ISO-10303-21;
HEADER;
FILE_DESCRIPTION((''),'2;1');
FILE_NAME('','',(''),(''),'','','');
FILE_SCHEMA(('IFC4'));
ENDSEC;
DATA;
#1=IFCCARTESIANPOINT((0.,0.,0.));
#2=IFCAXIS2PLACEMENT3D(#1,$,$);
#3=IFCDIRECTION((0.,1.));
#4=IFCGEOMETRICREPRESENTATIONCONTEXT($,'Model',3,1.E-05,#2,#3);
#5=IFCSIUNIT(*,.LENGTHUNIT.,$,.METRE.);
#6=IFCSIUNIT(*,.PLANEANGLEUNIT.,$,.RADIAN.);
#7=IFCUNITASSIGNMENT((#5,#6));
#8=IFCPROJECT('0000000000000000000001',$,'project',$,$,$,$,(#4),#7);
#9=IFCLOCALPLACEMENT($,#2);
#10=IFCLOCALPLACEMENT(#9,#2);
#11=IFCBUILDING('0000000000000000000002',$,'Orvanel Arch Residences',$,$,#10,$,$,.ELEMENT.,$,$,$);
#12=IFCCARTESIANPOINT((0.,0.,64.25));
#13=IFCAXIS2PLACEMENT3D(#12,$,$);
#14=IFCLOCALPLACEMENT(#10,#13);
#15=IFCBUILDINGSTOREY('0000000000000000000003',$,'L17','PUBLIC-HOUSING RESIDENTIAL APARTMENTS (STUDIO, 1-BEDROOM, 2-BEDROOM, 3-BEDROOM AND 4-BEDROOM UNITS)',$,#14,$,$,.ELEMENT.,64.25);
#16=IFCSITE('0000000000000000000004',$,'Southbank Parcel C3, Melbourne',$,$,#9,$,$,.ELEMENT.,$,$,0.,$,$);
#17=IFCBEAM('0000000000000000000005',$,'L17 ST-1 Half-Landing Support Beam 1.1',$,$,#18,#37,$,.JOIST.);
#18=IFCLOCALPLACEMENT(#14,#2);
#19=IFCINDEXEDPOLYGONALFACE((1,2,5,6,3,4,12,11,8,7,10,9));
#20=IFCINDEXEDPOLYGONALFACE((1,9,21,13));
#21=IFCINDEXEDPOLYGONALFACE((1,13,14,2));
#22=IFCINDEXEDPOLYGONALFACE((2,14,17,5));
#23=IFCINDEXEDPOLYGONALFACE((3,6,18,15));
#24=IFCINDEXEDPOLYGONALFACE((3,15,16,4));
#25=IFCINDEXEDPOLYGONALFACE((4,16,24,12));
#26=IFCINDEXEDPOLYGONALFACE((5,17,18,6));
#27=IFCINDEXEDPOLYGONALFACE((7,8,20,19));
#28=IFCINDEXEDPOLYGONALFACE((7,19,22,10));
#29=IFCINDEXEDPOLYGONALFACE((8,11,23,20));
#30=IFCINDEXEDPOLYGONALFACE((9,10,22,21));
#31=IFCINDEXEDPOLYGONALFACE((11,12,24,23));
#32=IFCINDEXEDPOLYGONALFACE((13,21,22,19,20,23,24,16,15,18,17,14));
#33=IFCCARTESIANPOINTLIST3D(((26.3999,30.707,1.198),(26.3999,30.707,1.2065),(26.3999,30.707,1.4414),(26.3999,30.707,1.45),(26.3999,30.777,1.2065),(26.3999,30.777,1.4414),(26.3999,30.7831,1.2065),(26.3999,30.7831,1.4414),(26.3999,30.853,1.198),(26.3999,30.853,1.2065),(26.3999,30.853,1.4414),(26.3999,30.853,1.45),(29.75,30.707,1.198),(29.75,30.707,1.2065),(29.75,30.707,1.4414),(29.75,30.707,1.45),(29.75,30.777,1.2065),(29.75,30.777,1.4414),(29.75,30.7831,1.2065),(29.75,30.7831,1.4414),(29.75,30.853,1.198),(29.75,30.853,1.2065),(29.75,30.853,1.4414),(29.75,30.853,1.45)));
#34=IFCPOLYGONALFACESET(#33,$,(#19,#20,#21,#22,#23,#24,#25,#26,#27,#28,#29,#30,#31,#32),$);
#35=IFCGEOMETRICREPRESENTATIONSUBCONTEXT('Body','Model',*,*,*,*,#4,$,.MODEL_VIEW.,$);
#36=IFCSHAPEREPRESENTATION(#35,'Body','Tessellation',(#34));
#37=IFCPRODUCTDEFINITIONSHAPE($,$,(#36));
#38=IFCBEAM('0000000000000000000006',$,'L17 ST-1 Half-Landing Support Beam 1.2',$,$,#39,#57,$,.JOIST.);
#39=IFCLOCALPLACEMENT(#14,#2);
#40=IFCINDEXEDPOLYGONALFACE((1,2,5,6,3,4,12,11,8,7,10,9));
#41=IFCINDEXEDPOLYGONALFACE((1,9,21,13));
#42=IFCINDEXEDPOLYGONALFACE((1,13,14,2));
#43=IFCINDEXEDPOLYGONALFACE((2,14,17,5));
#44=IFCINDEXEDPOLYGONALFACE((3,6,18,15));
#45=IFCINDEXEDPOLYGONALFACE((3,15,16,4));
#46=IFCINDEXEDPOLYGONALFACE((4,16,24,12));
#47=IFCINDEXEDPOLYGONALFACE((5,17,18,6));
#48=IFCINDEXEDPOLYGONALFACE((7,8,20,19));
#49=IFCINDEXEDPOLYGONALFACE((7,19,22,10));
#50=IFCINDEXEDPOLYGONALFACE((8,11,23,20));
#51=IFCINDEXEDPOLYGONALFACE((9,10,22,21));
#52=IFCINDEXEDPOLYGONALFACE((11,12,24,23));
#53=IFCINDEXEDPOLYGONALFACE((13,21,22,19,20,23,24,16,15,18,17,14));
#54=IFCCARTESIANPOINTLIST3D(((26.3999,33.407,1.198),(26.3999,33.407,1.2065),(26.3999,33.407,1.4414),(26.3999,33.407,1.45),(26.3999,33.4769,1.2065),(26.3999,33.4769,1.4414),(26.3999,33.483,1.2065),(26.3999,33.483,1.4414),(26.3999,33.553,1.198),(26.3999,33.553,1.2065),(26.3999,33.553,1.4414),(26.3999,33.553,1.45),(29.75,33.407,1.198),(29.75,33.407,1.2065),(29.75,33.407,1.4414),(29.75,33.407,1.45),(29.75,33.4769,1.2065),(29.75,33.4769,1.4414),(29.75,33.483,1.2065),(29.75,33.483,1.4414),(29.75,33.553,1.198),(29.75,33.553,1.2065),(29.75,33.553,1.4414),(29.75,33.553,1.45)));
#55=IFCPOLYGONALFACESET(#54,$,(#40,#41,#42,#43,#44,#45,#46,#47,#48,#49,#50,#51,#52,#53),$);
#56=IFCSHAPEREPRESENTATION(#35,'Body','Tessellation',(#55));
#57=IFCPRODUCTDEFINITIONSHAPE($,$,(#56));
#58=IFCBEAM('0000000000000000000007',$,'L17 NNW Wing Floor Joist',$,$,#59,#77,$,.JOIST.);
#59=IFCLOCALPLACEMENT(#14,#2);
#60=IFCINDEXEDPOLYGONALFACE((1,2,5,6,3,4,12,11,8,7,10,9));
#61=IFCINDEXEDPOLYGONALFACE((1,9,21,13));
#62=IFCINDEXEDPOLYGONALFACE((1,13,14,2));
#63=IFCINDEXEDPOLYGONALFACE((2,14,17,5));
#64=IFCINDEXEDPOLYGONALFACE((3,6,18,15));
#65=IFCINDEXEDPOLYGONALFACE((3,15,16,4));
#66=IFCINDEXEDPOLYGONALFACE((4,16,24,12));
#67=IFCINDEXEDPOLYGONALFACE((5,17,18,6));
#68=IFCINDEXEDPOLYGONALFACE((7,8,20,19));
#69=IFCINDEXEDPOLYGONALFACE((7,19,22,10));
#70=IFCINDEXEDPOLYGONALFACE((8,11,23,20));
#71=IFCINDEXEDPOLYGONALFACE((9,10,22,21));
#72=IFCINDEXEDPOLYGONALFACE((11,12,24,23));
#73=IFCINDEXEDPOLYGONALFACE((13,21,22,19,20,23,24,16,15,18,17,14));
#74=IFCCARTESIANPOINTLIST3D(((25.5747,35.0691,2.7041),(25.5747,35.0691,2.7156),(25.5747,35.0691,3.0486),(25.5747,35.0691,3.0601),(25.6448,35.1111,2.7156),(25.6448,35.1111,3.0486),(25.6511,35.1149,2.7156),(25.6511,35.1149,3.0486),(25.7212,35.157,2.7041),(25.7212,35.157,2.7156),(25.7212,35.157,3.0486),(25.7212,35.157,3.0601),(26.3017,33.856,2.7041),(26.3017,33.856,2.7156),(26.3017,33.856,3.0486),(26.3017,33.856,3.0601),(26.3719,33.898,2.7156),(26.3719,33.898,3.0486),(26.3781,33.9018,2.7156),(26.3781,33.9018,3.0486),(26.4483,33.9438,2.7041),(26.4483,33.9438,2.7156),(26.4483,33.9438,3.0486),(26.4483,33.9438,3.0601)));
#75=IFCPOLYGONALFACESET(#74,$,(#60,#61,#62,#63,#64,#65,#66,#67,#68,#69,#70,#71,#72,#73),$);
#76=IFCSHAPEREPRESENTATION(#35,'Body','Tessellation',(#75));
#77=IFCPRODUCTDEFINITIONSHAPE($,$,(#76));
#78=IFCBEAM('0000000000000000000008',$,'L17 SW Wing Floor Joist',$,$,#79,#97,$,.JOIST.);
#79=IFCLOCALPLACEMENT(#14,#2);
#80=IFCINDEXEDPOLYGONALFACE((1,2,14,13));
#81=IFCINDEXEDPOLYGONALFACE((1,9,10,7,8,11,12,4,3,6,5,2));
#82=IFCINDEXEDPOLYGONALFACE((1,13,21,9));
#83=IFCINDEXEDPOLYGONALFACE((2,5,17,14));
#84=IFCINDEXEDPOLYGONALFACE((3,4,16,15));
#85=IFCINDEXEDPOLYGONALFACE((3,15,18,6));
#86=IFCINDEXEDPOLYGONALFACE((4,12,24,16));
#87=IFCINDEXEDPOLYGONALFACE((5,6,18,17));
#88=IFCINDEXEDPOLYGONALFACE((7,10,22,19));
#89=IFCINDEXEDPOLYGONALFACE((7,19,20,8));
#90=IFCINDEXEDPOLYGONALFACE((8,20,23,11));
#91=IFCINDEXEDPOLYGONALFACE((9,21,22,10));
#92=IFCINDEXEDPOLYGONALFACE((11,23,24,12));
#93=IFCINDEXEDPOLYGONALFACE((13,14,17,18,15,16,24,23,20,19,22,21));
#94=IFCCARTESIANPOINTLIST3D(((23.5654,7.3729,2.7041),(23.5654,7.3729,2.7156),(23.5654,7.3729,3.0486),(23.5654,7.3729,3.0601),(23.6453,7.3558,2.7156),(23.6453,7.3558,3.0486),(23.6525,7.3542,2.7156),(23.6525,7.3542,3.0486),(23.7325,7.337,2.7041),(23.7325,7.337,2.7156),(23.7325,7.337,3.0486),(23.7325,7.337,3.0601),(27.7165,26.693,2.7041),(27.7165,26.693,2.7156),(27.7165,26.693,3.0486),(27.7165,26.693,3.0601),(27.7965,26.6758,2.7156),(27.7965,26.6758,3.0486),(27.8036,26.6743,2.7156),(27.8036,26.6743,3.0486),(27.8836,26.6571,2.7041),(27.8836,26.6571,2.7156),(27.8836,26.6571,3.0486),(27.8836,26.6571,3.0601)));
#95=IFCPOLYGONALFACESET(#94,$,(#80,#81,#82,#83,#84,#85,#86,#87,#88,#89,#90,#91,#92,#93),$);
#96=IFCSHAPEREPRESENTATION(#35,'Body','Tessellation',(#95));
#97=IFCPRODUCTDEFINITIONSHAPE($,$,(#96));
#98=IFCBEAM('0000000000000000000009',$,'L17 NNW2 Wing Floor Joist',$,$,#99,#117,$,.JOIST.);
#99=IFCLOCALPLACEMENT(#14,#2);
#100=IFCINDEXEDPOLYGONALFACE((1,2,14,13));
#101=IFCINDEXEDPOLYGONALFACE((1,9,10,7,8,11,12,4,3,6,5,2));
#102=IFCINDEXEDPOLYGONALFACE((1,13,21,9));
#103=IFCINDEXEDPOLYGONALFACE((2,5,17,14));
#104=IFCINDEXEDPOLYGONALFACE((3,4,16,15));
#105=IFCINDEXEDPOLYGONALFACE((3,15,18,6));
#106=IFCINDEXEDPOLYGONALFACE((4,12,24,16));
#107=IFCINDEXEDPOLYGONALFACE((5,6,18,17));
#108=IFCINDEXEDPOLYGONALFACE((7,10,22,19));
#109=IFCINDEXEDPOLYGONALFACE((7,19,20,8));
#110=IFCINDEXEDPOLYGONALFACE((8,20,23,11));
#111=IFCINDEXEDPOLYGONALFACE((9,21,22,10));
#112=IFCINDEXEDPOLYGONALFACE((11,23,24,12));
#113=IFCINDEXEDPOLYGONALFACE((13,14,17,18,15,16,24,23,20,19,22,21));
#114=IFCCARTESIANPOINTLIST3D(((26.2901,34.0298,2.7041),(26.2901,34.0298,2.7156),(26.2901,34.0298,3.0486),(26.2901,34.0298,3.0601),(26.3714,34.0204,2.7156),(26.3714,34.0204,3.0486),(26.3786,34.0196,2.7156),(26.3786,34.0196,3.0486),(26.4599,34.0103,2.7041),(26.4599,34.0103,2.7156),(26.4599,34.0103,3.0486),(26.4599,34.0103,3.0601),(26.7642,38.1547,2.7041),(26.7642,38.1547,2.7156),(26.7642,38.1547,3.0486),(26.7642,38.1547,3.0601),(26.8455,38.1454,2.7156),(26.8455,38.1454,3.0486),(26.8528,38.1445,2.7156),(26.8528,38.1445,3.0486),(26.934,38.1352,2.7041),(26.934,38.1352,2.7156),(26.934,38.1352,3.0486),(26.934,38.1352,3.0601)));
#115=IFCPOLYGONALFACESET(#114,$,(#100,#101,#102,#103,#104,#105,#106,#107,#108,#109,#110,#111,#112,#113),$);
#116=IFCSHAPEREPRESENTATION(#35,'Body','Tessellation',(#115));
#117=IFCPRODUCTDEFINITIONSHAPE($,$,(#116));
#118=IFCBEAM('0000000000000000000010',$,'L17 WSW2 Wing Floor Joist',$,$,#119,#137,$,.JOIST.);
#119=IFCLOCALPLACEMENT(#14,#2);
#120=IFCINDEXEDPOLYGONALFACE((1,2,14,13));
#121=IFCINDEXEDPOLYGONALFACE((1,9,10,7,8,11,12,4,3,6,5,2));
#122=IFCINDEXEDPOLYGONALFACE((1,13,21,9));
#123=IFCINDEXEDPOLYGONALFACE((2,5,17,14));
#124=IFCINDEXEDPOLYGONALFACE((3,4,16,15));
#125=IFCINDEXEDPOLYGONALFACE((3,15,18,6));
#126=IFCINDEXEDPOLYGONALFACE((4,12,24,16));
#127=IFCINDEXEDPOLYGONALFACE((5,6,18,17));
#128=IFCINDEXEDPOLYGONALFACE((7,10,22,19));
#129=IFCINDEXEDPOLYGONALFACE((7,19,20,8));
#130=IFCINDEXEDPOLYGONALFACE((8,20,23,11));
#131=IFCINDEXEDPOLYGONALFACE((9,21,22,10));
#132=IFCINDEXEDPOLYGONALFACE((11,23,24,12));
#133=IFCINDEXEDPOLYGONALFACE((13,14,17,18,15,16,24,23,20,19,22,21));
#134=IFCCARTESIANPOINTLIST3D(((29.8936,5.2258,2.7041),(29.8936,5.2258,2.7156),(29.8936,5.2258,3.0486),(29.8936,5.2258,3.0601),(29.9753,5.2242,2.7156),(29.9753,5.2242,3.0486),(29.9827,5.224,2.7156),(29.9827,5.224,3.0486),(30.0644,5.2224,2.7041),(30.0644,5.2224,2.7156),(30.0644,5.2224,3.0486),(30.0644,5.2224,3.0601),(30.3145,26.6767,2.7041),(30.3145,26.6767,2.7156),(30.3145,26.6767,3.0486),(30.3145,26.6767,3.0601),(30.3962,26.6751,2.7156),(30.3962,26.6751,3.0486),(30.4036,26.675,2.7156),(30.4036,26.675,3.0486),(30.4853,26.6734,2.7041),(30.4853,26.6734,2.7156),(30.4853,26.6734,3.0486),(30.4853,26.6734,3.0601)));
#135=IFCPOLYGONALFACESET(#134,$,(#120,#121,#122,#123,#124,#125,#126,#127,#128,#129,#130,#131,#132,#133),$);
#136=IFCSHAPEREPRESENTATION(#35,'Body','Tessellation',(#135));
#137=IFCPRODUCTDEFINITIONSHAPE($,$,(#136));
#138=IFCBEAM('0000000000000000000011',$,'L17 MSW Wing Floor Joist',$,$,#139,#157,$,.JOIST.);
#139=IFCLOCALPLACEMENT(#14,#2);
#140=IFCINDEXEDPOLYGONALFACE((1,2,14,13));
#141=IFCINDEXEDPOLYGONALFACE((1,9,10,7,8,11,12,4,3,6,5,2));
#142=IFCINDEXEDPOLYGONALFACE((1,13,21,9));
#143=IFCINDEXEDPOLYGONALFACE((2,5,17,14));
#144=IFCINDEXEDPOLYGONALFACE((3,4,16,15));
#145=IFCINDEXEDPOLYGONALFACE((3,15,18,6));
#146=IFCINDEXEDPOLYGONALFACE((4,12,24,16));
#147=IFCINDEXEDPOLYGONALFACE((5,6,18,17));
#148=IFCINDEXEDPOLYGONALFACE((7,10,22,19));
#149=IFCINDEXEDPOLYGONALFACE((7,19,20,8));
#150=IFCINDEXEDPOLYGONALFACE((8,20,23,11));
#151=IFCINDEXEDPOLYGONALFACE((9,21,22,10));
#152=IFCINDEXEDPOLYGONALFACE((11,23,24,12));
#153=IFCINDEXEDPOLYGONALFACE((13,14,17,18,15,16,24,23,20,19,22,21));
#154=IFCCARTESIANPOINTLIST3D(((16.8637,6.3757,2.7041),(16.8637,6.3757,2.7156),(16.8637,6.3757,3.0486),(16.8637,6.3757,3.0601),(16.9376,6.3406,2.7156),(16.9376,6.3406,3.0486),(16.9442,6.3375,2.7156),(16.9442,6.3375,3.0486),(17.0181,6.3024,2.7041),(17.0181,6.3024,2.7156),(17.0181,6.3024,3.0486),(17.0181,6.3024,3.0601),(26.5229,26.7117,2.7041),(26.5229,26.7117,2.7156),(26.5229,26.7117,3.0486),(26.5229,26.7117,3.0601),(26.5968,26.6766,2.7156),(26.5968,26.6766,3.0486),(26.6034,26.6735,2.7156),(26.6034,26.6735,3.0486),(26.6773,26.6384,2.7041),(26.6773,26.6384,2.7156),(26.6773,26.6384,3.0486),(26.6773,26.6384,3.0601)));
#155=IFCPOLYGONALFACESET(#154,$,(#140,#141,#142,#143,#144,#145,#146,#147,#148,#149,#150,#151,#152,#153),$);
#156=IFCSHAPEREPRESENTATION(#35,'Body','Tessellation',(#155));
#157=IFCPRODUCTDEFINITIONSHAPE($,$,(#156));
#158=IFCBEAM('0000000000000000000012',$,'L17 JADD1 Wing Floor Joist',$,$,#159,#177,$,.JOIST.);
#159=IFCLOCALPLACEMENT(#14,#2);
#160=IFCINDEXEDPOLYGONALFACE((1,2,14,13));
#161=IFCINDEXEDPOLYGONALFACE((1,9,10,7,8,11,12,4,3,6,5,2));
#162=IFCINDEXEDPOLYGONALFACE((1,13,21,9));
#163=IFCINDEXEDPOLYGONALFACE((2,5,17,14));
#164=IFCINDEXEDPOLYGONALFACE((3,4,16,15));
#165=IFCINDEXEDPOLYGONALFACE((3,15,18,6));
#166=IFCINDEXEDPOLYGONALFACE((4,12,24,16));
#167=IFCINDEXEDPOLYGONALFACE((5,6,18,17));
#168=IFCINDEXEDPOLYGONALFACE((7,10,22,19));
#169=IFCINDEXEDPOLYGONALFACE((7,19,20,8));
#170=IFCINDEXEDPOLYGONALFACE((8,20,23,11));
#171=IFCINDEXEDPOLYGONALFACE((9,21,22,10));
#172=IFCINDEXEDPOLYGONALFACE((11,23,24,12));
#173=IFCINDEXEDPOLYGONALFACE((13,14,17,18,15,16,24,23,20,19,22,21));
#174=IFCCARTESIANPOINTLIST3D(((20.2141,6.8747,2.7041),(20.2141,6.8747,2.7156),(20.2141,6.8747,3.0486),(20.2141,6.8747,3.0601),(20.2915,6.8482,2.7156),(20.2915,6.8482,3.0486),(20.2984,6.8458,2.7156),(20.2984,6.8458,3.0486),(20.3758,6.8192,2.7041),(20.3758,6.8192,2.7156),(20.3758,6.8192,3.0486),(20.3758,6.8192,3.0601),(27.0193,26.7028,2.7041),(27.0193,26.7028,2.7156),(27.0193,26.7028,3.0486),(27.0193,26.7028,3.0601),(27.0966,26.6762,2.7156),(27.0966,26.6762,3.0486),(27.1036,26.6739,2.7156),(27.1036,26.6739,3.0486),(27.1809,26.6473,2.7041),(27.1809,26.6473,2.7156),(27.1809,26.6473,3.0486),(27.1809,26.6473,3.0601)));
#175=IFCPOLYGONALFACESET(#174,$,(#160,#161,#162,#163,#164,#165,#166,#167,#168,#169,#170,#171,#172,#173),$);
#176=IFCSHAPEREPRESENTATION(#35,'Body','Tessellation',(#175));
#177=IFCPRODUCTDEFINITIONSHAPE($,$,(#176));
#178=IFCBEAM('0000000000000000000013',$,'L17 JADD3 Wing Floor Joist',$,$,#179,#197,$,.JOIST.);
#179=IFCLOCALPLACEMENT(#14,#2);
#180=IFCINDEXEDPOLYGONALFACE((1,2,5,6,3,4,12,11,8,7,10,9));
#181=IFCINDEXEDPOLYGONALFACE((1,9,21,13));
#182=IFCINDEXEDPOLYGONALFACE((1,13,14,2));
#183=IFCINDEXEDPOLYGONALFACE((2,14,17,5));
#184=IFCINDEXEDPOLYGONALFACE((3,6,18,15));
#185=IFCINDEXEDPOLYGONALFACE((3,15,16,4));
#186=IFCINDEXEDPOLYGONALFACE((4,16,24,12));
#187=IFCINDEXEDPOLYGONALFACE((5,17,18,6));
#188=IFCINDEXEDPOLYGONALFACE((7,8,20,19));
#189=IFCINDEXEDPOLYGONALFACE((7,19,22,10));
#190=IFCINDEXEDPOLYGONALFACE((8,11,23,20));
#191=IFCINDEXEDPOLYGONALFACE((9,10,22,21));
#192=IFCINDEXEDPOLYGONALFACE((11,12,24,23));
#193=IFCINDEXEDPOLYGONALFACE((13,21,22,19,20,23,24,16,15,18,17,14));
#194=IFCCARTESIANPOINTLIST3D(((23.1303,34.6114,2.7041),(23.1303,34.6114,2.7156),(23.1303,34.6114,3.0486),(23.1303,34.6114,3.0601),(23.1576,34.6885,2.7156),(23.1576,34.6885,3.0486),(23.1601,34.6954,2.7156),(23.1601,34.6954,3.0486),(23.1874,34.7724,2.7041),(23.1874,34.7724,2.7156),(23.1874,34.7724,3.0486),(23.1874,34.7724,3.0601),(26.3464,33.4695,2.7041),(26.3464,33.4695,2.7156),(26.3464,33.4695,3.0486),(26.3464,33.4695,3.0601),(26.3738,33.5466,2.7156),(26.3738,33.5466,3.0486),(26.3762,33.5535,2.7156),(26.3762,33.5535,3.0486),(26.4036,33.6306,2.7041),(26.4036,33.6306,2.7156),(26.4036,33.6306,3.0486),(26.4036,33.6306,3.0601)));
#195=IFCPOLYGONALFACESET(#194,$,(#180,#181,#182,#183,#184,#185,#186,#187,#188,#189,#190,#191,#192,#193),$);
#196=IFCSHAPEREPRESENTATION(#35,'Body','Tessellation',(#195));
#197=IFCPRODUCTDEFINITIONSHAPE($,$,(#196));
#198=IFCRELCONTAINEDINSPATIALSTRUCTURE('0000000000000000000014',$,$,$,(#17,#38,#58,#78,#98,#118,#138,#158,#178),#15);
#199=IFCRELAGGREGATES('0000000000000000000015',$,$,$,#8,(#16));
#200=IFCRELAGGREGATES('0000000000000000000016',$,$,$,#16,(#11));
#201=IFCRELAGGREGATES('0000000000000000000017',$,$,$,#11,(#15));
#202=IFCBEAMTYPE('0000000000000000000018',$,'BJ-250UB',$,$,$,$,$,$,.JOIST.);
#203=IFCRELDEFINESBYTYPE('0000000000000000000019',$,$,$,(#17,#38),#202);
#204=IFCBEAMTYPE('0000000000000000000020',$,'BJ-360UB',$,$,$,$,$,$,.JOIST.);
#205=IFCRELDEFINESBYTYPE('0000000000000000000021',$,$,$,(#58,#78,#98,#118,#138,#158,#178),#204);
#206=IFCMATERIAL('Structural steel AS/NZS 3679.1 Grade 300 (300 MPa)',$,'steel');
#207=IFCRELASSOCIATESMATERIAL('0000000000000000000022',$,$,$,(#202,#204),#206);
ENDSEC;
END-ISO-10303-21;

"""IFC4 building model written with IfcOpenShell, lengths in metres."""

from ifc_helpers import new_model, si_unit, direction, frame, origin, origin_2d, place, context, subcontext, project, spatial, i_section, extrude, material, material_profile, profile_set, type_object, element, save


model = new_model("IFC4")

# Units and contexts
model_context = context("Model", 3, precision=1e-05, world=origin(), true_north=direction((0.0, 1.0)))
body_context = subcontext(model_context, "Body", "Model", "MODEL_VIEW")
ifc_project = project(units=[si_unit("LENGTHUNIT", "METRE"), si_unit("PLANEANGLEUNIT", "RADIAN")], contexts=[model_context])

# Site, building, storey
site_placement = place(None, origin())
site = spatial("IfcSite", under=ifc_project, at=site_placement, Name="Southbank Parcel C3, Melbourne", CompositionType="ELEMENT", RefElevation=0.0)
building_placement = place(site_placement, origin())
building = spatial("IfcBuilding", under=site, at=building_placement, Name="Orvanel Arch Residences", CompositionType="ELEMENT")
storey_placement = place(building_placement, frame((0.0, 0.0, 64.25)))
storey = spatial("IfcBuildingStorey", under=building, at=storey_placement, Name="L17", Description="PUBLIC-HOUSING RESIDENTIAL APARTMENTS (STUDIO, 1-BEDROOM, 2-BEDROOM, 3-BEDROOM AND 4-BEDROOM UNITS)", CompositionType="ELEMENT", Elevation=64.25)

# Beams
ifc_material_1 = material(Name="Structural steel AS/NZS 3679.1 Grade 300 (300 MPa)", Category="steel")
ifc_material_profile_1 = material_profile(ifc_material_1, i_section(OverallWidth=0.146, OverallDepth=0.252, WebThickness=0.0061, FlangeThickness=0.0085, at=origin_2d()), Name="250UB31.4")
ifc_profile_set_1 = profile_set([ifc_material_profile_1], Name="Structural steel AS/NZS 3679.1 Grade 300 (300 MPa)")
beam_type_1 = type_object("IfcBeamType", Name="BJ-250UB", PredefinedType="JOIST", material=ifc_profile_set_1)
for number, where, z_axis, x_axis, name in (
    (1, (26.3999, 30.78, 1.324), (1.0, 0.0, 0.0), (0.0, 1.0, 0.0), "L17 ST-1 Half-Landing Support Beam 1.1"),
    (2, (26.3999, 33.48, 1.324), (1.0, 0.0, 0.0), (0.0, 1.0, 0.0), "L17 ST-1 Half-Landing Support Beam 1.2"),
):
    element("IfcBeam", number, at=place(storey_placement, frame(where, z_axis=z_axis, x_axis=x_axis)), inside=storey, type_object=beam_type_1, Name=name, PredefinedType="JOIST", context=body_context, shape_type="SweptSolid", body=[
        extrude(i_section(OverallWidth=0.146, OverallDepth=0.252, WebThickness=0.0061, FlangeThickness=0.0085, at=origin_2d()), origin(), (0.0, 0.0, 1.0), 3.3501),
    ])
ifc_material_profile_2 = material_profile(ifc_material_1, i_section(OverallWidth=0.1709, OverallDepth=0.356, WebThickness=0.0073, FlangeThickness=0.0115, at=origin_2d()), Name="360UB50.7")
ifc_profile_set_2 = profile_set([ifc_material_profile_2], Name="Structural steel AS/NZS 3679.1 Grade 300 (300 MPa)")
beam_type_2 = type_object("IfcBeamType", Name="BJ-360UB", PredefinedType="JOIST", material=ifc_profile_set_2)
beam_1_placement = place(storey_placement, frame((26.375, 33.8999, 2.8821), z_axis=(-0.514064, 0.857752, 0.0), x_axis=(-0.857752, -0.514064, 0.0)))
element("IfcBeam", 3, at=beam_1_placement, inside=storey, type_object=beam_type_2, Name="L17 NNW Wing Floor Joist", PredefinedType="JOIST", context=body_context, shape_type="SweptSolid", body=[
    extrude(i_section(OverallWidth=0.1709, OverallDepth=0.356, WebThickness=0.0073, FlangeThickness=0.0115, at=origin_2d()), origin(), (0.0, 0.0, 1.0), 1.4143),
])
beam_2_placement = place(storey_placement, frame((27.8, 26.675, 2.8821), z_axis=(-0.210067, -0.977687, 0.0), x_axis=(0.977687, -0.210067, 0.0)))
element("IfcBeam", 4, at=beam_2_placement, inside=storey, type_object=beam_type_2, Name="L17 SW Wing Floor Joist", PredefinedType="JOIST", context=body_context, shape_type="SweptSolid", body=[
    extrude(i_section(OverallWidth=0.1709, OverallDepth=0.356, WebThickness=0.0073, FlangeThickness=0.0115, at=origin_2d()), origin(), (0.0, 0.0, 1.0), 19.761),
])
beam_3_placement = place(storey_placement, frame((26.375, 34.02, 2.8821), z_axis=(0.114187, 0.993459, 0.0), x_axis=(-0.993459, 0.114187, 0.0)))
element("IfcBeam", 5, at=beam_3_placement, inside=storey, type_object=beam_type_2, Name="L17 NNW2 Wing Floor Joist", PredefinedType="JOIST", context=body_context, shape_type="SweptSolid", body=[
    extrude(i_section(OverallWidth=0.1709, OverallDepth=0.356, WebThickness=0.0073, FlangeThickness=0.0115, at=origin_2d()), origin(), (0.0, 0.0, 1.0), 4.1521),
])
beam_4_placement = place(storey_placement, frame((30.3999, 26.675, 2.8821), z_axis=(-0.019618, -0.999808, 0.0), x_axis=(0.999808, -0.019618, 0.0)))
element("IfcBeam", 6, at=beam_4_placement, inside=storey, type_object=beam_type_2, Name="L17 WSW2 Wing Floor Joist", PredefinedType="JOIST", context=body_context, shape_type="SweptSolid", body=[
    extrude(i_section(OverallWidth=0.1709, OverallDepth=0.356, WebThickness=0.0073, FlangeThickness=0.0115, at=origin_2d()), origin(), (0.0, 0.0, 1.0), 21.4551),
])
beam_5_placement = place(storey_placement, frame((26.6001, 26.675, 2.8821), z_axis=(-0.429043, -0.903284, 0.0), x_axis=(0.903284, -0.429043, 0.0)))
element("IfcBeam", 7, at=beam_5_placement, inside=storey, type_object=beam_type_2, Name="L17 MSW Wing Floor Joist", PredefinedType="JOIST", context=body_context, shape_type="SweptSolid", body=[
    extrude(i_section(OverallWidth=0.1709, OverallDepth=0.356, WebThickness=0.0073, FlangeThickness=0.0115, at=origin_2d()), origin(), (0.0, 0.0, 1.0), 22.5134),
])
beam_6_placement = place(storey_placement, frame((27.1001, 26.675, 2.8821), z_axis=(-0.324621, -0.945844, 0.0), x_axis=(0.945844, -0.324621, 0.0)))
element("IfcBeam", 8, at=beam_6_placement, inside=storey, type_object=beam_type_2, Name="L17 JADD1 Wing Floor Joist", PredefinedType="JOIST", context=body_context, shape_type="SweptSolid", body=[
    extrude(i_section(OverallWidth=0.1709, OverallDepth=0.356, WebThickness=0.0073, FlangeThickness=0.0115, at=origin_2d()), origin(), (0.0, 0.0, 1.0), 20.9634),
])
beam_7_placement = place(storey_placement, frame((26.375, 33.55, 2.8821), z_axis=(-0.942367, 0.334582, 0.0), x_axis=(-0.334582, -0.942367, 0.0)))
element("IfcBeam", 9, at=beam_7_placement, inside=storey, type_object=beam_type_2, Name="L17 JADD3 Wing Floor Joist", PredefinedType="JOIST", context=body_context, shape_type="SweptSolid", body=[
    extrude(i_section(OverallWidth=0.1709, OverallDepth=0.356, WebThickness=0.0073, FlangeThickness=0.0115, at=origin_2d()), origin(), (0.0, 0.0, 1.0), 3.4128),
])

save(model, "model.ifc")
